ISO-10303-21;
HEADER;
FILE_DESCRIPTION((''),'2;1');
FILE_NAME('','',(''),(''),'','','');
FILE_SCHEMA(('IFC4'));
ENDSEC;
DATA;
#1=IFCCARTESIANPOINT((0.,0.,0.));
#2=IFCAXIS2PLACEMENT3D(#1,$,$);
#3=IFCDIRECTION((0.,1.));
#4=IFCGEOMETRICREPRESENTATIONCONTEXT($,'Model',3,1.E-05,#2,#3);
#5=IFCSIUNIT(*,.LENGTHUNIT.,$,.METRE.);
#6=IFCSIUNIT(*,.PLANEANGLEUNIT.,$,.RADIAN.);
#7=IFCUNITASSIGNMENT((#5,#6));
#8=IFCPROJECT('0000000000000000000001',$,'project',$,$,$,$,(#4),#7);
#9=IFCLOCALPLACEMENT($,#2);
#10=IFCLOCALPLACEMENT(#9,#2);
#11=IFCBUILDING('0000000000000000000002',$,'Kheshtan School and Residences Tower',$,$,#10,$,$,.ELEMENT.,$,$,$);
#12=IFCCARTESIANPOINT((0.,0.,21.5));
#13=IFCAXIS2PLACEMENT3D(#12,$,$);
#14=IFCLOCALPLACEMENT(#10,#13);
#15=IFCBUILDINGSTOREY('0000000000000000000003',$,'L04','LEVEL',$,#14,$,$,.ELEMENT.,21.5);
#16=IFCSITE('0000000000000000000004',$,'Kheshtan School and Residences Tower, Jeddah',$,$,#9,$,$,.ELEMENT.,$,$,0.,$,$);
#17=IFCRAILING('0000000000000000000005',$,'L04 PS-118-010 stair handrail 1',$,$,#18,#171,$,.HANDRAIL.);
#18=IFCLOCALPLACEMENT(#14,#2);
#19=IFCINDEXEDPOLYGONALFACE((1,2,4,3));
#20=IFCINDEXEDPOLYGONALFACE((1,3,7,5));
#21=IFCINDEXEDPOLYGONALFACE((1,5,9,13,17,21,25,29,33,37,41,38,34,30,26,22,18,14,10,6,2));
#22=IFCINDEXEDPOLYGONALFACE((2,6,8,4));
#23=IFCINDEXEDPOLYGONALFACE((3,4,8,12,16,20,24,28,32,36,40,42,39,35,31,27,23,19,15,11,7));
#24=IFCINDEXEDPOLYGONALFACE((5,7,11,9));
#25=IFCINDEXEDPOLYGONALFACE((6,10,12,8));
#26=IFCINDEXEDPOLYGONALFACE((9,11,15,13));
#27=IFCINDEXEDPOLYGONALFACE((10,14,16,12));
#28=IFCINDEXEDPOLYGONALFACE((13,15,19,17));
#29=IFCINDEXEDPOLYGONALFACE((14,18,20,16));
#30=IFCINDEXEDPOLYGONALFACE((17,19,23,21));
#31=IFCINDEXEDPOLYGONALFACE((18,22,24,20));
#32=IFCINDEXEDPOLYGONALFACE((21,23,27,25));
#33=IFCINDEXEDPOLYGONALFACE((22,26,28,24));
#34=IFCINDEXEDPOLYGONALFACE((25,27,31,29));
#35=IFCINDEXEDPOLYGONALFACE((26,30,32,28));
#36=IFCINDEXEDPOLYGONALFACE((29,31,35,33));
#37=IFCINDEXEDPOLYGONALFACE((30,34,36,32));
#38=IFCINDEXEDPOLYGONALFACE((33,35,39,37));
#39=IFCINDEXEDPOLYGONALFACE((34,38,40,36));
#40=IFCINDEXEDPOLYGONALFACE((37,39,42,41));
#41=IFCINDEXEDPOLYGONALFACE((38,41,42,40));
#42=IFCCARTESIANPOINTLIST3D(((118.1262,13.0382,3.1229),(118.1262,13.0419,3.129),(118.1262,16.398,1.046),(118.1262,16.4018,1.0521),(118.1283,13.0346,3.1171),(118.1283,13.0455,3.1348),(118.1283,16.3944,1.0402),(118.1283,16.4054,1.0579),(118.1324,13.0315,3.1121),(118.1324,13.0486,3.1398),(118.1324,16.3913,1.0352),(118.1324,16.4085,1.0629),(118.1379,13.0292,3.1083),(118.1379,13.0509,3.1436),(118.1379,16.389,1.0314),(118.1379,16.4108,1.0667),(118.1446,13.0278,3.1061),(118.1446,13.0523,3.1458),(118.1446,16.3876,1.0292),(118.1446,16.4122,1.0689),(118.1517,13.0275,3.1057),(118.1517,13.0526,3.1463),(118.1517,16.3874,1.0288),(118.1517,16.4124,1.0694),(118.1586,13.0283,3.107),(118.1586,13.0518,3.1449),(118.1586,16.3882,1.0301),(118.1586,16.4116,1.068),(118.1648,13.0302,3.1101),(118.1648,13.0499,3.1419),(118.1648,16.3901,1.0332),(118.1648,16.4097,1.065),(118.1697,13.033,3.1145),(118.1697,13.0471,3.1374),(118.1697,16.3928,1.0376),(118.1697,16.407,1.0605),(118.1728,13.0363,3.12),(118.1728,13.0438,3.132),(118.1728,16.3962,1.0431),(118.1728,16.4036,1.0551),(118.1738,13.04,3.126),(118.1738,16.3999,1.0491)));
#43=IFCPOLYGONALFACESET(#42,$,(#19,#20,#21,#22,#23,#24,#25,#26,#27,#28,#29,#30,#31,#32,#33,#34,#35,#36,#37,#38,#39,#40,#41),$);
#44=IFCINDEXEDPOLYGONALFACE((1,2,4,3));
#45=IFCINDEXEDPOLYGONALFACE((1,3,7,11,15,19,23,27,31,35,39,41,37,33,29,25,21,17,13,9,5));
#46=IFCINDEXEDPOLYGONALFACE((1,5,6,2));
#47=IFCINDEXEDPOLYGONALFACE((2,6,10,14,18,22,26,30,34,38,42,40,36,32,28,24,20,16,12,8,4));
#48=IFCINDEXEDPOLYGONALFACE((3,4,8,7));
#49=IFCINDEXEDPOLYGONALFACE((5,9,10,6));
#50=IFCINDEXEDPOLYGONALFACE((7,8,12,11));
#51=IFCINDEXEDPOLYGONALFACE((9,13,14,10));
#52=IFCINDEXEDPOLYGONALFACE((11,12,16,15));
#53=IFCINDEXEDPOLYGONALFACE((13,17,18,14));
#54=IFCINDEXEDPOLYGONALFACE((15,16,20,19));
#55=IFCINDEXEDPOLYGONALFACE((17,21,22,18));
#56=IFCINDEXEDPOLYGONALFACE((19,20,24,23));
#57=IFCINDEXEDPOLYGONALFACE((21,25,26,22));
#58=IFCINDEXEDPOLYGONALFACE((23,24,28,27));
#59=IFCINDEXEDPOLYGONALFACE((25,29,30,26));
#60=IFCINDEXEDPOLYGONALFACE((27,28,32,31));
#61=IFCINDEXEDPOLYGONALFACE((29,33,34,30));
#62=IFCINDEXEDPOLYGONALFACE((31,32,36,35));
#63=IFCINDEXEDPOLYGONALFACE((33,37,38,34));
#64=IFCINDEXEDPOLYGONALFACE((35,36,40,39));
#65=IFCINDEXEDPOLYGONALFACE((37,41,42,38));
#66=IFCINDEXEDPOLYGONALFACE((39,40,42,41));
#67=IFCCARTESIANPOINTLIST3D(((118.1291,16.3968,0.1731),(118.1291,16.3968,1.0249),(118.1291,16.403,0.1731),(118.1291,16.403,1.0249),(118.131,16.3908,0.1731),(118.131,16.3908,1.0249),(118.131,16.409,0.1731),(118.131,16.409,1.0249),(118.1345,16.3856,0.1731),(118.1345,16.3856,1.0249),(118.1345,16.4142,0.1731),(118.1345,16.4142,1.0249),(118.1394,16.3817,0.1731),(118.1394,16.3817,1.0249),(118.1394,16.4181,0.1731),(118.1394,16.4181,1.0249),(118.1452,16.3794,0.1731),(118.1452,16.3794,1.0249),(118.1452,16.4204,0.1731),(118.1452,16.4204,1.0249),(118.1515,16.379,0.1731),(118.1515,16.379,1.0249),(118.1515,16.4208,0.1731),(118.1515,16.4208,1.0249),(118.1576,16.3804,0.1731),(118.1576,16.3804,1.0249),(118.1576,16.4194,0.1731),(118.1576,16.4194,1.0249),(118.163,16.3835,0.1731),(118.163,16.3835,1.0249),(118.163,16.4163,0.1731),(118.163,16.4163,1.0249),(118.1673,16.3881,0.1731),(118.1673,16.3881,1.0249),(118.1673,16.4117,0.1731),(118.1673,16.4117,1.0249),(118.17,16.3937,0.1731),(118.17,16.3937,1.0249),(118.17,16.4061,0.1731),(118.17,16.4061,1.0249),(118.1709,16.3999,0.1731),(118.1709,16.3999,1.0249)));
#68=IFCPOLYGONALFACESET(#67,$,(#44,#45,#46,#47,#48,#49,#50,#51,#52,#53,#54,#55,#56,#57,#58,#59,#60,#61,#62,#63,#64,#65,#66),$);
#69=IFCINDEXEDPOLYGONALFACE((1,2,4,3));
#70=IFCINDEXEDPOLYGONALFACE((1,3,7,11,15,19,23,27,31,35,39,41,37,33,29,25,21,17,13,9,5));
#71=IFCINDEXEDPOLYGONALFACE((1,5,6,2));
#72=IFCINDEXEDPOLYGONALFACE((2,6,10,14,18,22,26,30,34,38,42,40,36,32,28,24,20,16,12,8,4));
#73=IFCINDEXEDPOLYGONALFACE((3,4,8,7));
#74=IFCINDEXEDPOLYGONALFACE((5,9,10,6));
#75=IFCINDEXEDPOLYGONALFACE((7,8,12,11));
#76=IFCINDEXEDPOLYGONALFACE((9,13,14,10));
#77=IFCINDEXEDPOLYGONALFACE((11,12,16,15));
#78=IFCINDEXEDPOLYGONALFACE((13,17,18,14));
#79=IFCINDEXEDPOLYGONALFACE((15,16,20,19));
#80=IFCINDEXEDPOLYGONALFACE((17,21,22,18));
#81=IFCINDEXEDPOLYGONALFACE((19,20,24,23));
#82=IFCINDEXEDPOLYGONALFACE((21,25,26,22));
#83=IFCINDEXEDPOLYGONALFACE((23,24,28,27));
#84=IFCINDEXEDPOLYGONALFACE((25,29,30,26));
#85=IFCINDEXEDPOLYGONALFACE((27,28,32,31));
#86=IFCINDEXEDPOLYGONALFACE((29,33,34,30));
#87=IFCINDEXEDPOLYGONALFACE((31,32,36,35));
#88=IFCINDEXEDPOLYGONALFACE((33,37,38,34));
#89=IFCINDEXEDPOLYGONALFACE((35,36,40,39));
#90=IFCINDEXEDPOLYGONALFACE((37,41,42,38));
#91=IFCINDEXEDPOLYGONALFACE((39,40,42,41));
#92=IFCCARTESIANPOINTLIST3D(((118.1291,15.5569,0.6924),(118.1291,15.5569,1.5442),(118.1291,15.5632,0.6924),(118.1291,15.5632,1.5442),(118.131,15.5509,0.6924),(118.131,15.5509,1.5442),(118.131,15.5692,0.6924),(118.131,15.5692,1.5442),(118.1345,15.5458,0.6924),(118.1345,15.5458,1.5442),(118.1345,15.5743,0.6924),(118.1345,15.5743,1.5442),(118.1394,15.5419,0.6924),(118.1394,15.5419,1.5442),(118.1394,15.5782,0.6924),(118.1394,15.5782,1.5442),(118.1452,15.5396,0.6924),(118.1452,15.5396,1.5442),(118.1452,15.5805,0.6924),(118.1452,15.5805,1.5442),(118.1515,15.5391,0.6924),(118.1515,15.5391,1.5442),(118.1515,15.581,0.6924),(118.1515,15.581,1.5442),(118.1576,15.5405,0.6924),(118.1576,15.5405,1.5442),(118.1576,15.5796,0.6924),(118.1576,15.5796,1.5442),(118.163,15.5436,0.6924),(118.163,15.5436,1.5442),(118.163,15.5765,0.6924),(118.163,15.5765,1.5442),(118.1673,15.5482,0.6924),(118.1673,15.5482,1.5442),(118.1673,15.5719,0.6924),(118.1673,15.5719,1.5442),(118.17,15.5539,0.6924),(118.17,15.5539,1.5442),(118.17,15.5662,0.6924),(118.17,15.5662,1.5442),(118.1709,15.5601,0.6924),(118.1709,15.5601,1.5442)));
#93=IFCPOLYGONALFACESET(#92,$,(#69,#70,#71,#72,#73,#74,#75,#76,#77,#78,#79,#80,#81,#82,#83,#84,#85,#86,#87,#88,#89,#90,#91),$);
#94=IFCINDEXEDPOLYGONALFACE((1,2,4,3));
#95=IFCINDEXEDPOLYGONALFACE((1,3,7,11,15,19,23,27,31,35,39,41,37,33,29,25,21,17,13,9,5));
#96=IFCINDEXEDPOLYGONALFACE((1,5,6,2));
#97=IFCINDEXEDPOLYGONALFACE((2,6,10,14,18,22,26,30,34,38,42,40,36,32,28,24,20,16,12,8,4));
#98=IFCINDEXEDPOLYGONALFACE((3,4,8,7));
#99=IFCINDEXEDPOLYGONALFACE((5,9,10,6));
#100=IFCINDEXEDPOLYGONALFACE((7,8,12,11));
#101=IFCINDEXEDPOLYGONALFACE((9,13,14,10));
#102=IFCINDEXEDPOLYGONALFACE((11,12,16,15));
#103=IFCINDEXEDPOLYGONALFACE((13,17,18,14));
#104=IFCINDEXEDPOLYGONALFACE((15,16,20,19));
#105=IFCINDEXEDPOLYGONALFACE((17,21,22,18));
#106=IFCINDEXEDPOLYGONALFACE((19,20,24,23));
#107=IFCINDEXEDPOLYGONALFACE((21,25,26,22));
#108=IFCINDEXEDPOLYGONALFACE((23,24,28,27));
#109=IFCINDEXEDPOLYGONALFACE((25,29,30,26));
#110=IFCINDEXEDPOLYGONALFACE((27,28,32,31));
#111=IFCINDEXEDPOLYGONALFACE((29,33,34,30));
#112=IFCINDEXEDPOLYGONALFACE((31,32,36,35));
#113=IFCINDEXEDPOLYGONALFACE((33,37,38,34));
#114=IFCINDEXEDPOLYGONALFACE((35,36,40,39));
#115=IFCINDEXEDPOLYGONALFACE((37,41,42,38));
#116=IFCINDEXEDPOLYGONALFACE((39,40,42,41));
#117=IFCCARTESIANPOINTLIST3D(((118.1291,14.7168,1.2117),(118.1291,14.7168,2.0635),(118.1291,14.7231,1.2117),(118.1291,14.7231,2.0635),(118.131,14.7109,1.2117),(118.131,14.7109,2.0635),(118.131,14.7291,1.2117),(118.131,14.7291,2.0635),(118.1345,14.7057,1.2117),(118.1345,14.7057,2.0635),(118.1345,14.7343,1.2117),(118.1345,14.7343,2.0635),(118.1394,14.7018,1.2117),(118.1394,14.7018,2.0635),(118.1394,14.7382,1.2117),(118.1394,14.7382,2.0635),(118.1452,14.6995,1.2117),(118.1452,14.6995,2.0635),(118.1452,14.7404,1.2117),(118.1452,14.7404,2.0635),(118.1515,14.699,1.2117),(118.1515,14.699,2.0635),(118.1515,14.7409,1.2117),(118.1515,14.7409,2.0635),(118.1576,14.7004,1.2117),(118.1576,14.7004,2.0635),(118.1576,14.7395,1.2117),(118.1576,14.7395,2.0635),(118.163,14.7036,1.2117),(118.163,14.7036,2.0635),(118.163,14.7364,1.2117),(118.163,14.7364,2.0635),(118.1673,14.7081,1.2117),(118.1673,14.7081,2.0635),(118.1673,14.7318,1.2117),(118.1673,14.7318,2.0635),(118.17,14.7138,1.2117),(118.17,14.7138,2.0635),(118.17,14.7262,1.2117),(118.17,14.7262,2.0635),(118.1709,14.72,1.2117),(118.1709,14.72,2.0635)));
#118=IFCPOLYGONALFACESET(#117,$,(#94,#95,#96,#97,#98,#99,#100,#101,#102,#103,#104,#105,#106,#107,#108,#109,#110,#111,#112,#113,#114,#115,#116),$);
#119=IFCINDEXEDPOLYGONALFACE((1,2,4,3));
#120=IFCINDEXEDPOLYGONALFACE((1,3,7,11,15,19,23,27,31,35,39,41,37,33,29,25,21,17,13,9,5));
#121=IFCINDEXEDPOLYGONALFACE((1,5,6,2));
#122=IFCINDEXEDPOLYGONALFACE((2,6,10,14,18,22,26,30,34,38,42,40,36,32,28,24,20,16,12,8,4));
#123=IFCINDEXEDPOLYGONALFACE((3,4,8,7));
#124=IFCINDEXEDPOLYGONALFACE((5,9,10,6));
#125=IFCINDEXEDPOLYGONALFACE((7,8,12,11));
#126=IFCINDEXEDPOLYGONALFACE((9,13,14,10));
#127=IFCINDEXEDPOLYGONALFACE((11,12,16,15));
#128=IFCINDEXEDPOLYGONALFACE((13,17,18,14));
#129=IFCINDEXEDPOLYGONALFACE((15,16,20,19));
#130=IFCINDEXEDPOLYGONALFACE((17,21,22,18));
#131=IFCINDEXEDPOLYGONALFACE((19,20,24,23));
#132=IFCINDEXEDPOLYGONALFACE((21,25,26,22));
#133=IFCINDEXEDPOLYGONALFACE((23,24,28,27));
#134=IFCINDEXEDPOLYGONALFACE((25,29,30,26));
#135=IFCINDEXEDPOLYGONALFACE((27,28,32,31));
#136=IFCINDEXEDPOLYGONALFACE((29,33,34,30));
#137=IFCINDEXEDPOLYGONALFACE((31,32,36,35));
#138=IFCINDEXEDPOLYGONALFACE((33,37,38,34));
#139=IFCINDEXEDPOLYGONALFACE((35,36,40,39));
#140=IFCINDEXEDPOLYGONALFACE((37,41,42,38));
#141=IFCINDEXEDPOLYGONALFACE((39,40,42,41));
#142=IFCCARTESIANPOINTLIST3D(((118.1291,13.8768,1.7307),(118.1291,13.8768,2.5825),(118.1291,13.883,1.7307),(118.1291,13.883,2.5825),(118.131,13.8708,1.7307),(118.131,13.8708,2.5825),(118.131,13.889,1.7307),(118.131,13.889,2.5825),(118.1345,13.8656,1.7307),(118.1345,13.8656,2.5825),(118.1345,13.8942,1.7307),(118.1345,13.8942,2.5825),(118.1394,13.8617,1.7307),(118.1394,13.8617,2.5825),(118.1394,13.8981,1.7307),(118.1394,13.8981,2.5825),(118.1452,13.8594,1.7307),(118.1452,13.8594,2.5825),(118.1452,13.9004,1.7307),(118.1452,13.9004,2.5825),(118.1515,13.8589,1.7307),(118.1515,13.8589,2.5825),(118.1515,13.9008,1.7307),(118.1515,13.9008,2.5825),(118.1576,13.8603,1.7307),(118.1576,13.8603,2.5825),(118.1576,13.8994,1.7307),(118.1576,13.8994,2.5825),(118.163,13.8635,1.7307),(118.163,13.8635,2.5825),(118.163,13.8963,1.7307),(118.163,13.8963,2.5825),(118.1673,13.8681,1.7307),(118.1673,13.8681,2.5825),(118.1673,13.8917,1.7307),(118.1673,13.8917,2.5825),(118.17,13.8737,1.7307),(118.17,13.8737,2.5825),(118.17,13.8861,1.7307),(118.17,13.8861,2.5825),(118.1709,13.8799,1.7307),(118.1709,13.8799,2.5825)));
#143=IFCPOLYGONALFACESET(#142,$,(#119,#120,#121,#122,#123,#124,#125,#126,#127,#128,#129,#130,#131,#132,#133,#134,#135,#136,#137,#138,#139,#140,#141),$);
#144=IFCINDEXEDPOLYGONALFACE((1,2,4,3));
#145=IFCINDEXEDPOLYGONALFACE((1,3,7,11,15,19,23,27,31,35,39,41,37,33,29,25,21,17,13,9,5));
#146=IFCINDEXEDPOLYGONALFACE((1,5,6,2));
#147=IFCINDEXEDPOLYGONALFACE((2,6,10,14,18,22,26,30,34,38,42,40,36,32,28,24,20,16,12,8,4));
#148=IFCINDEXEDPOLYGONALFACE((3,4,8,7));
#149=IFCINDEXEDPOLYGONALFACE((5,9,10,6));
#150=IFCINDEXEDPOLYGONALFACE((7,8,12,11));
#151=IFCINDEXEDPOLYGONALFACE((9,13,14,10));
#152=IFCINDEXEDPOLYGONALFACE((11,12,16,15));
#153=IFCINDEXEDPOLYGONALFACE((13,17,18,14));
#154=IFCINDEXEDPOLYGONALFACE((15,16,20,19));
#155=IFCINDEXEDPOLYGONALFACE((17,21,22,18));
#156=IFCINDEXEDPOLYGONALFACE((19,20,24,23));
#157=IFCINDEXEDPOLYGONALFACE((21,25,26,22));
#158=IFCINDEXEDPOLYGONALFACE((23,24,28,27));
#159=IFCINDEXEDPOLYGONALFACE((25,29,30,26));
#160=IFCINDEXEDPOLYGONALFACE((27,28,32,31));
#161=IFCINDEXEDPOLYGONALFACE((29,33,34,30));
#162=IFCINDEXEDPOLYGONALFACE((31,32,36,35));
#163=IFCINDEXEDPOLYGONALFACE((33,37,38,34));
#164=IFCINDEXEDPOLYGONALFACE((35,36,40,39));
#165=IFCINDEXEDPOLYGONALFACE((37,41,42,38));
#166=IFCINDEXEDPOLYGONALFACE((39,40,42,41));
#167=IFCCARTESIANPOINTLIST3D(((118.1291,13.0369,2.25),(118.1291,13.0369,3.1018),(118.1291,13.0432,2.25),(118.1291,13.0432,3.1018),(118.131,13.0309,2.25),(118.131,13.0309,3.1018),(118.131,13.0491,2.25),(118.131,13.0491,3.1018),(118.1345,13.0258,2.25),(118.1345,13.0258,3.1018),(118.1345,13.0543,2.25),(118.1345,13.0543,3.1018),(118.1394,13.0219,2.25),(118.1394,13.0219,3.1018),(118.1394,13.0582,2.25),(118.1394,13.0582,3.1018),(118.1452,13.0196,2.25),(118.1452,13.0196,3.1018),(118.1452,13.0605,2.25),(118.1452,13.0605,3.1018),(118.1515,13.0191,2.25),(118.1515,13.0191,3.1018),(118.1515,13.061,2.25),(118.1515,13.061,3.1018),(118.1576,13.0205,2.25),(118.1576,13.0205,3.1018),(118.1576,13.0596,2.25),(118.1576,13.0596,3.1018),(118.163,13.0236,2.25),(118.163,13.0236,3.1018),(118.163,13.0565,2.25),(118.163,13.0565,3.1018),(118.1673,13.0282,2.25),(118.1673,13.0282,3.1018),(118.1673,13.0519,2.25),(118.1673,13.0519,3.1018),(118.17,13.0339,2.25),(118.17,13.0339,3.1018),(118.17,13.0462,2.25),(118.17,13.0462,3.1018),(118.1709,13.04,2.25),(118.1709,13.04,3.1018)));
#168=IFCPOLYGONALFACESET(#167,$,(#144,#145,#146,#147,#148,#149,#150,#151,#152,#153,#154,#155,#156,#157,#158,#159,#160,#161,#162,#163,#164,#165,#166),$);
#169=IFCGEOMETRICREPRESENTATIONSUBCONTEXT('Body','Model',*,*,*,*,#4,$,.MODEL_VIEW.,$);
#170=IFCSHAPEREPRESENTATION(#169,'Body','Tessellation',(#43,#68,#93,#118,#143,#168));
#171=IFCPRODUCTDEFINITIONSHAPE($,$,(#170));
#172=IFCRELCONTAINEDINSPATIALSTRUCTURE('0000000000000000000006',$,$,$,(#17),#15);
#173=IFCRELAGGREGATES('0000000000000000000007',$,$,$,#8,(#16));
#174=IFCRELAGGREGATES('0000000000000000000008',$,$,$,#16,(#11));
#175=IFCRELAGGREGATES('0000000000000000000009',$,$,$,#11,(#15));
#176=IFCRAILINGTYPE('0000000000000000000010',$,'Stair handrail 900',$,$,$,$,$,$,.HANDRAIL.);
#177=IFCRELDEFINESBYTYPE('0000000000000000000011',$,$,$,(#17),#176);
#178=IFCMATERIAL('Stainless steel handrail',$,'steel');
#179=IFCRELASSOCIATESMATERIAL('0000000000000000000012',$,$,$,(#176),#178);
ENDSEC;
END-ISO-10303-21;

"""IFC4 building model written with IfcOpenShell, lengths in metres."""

from ifc_helpers import new_model, si_unit, direction, frame, origin, origin_2d, place, context, subcontext, project, spatial, circle, extrude, material, type_object, element, save


model = new_model("IFC4")

# Units and contexts
model_context = context("Model", 3, precision=1e-05, world=origin(), true_north=direction((0.0, 1.0)))
body_context = subcontext(model_context, "Body", "Model", "MODEL_VIEW")
ifc_project = project(units=[si_unit("LENGTHUNIT", "METRE"), si_unit("PLANEANGLEUNIT", "RADIAN")], contexts=[model_context])

# Site, building, storey
site_placement = place(None, origin())
site = spatial("IfcSite", under=ifc_project, at=site_placement, Name="Kheshtan School and Residences Tower, Jeddah", CompositionType="ELEMENT", RefElevation=0.0)
building_placement = place(site_placement, origin())
building = spatial("IfcBuilding", under=site, at=building_placement, Name="Kheshtan School and Residences Tower", CompositionType="ELEMENT")
storey_placement = place(building_placement, frame((0.0, 0.0, 21.5)))
storey = spatial("IfcBuildingStorey", under=building, at=storey_placement, Name="L04", Description="LEVEL", CompositionType="ELEMENT", Elevation=21.5)

# Railing
ifc_material_1 = material(Name="Stainless steel handrail", Category="steel")
railing_type_1 = type_object("IfcRailingType", Name="Stair handrail 900", PredefinedType="HANDRAIL", material=ifc_material_1)
railing_1_placement = place(storey_placement, frame((118.1499, 16.3999, 0.1731)))
element("IfcRailing", 1, at=railing_1_placement, inside=storey, type_object=railing_type_1, Name="L04 PS-118-010 stair handrail 1", PredefinedType="HANDRAIL", context=body_context, shape_type="SweptSolid", body=[
    extrude(circle(Radius=0.0239, at=origin_2d()), frame((0.0, 0.0, 0.876), z_axis=(0.0, -0.850606, 0.525803), x_axis=(1.0, 0.0, 0.0)), (0.0, 0.0, 1.0), 3.95),
    extrude(circle(Radius=0.021, at=origin_2d()), origin(), (0.0, 0.0, 1.0), 0.8518),
    extrude(circle(Radius=0.021, at=origin_2d()), frame((0.0, -0.8398, 0.5193)), (0.0, 0.0, 1.0), 0.8518),
    extrude(circle(Radius=0.021, at=origin_2d()), frame((0.0, -1.6799, 1.0386)), (0.0, 0.0, 1.0), 0.8518),
    extrude(circle(Radius=0.021, at=origin_2d()), frame((0.0, -2.52, 1.5576)), (0.0, 0.0, 1.0), 0.8518),
    extrude(circle(Radius=0.021, at=origin_2d()), frame((0.0, -3.3599, 2.0769)), (0.0, 0.0, 1.0), 0.8518),
])

save(model, "model.ifc")
